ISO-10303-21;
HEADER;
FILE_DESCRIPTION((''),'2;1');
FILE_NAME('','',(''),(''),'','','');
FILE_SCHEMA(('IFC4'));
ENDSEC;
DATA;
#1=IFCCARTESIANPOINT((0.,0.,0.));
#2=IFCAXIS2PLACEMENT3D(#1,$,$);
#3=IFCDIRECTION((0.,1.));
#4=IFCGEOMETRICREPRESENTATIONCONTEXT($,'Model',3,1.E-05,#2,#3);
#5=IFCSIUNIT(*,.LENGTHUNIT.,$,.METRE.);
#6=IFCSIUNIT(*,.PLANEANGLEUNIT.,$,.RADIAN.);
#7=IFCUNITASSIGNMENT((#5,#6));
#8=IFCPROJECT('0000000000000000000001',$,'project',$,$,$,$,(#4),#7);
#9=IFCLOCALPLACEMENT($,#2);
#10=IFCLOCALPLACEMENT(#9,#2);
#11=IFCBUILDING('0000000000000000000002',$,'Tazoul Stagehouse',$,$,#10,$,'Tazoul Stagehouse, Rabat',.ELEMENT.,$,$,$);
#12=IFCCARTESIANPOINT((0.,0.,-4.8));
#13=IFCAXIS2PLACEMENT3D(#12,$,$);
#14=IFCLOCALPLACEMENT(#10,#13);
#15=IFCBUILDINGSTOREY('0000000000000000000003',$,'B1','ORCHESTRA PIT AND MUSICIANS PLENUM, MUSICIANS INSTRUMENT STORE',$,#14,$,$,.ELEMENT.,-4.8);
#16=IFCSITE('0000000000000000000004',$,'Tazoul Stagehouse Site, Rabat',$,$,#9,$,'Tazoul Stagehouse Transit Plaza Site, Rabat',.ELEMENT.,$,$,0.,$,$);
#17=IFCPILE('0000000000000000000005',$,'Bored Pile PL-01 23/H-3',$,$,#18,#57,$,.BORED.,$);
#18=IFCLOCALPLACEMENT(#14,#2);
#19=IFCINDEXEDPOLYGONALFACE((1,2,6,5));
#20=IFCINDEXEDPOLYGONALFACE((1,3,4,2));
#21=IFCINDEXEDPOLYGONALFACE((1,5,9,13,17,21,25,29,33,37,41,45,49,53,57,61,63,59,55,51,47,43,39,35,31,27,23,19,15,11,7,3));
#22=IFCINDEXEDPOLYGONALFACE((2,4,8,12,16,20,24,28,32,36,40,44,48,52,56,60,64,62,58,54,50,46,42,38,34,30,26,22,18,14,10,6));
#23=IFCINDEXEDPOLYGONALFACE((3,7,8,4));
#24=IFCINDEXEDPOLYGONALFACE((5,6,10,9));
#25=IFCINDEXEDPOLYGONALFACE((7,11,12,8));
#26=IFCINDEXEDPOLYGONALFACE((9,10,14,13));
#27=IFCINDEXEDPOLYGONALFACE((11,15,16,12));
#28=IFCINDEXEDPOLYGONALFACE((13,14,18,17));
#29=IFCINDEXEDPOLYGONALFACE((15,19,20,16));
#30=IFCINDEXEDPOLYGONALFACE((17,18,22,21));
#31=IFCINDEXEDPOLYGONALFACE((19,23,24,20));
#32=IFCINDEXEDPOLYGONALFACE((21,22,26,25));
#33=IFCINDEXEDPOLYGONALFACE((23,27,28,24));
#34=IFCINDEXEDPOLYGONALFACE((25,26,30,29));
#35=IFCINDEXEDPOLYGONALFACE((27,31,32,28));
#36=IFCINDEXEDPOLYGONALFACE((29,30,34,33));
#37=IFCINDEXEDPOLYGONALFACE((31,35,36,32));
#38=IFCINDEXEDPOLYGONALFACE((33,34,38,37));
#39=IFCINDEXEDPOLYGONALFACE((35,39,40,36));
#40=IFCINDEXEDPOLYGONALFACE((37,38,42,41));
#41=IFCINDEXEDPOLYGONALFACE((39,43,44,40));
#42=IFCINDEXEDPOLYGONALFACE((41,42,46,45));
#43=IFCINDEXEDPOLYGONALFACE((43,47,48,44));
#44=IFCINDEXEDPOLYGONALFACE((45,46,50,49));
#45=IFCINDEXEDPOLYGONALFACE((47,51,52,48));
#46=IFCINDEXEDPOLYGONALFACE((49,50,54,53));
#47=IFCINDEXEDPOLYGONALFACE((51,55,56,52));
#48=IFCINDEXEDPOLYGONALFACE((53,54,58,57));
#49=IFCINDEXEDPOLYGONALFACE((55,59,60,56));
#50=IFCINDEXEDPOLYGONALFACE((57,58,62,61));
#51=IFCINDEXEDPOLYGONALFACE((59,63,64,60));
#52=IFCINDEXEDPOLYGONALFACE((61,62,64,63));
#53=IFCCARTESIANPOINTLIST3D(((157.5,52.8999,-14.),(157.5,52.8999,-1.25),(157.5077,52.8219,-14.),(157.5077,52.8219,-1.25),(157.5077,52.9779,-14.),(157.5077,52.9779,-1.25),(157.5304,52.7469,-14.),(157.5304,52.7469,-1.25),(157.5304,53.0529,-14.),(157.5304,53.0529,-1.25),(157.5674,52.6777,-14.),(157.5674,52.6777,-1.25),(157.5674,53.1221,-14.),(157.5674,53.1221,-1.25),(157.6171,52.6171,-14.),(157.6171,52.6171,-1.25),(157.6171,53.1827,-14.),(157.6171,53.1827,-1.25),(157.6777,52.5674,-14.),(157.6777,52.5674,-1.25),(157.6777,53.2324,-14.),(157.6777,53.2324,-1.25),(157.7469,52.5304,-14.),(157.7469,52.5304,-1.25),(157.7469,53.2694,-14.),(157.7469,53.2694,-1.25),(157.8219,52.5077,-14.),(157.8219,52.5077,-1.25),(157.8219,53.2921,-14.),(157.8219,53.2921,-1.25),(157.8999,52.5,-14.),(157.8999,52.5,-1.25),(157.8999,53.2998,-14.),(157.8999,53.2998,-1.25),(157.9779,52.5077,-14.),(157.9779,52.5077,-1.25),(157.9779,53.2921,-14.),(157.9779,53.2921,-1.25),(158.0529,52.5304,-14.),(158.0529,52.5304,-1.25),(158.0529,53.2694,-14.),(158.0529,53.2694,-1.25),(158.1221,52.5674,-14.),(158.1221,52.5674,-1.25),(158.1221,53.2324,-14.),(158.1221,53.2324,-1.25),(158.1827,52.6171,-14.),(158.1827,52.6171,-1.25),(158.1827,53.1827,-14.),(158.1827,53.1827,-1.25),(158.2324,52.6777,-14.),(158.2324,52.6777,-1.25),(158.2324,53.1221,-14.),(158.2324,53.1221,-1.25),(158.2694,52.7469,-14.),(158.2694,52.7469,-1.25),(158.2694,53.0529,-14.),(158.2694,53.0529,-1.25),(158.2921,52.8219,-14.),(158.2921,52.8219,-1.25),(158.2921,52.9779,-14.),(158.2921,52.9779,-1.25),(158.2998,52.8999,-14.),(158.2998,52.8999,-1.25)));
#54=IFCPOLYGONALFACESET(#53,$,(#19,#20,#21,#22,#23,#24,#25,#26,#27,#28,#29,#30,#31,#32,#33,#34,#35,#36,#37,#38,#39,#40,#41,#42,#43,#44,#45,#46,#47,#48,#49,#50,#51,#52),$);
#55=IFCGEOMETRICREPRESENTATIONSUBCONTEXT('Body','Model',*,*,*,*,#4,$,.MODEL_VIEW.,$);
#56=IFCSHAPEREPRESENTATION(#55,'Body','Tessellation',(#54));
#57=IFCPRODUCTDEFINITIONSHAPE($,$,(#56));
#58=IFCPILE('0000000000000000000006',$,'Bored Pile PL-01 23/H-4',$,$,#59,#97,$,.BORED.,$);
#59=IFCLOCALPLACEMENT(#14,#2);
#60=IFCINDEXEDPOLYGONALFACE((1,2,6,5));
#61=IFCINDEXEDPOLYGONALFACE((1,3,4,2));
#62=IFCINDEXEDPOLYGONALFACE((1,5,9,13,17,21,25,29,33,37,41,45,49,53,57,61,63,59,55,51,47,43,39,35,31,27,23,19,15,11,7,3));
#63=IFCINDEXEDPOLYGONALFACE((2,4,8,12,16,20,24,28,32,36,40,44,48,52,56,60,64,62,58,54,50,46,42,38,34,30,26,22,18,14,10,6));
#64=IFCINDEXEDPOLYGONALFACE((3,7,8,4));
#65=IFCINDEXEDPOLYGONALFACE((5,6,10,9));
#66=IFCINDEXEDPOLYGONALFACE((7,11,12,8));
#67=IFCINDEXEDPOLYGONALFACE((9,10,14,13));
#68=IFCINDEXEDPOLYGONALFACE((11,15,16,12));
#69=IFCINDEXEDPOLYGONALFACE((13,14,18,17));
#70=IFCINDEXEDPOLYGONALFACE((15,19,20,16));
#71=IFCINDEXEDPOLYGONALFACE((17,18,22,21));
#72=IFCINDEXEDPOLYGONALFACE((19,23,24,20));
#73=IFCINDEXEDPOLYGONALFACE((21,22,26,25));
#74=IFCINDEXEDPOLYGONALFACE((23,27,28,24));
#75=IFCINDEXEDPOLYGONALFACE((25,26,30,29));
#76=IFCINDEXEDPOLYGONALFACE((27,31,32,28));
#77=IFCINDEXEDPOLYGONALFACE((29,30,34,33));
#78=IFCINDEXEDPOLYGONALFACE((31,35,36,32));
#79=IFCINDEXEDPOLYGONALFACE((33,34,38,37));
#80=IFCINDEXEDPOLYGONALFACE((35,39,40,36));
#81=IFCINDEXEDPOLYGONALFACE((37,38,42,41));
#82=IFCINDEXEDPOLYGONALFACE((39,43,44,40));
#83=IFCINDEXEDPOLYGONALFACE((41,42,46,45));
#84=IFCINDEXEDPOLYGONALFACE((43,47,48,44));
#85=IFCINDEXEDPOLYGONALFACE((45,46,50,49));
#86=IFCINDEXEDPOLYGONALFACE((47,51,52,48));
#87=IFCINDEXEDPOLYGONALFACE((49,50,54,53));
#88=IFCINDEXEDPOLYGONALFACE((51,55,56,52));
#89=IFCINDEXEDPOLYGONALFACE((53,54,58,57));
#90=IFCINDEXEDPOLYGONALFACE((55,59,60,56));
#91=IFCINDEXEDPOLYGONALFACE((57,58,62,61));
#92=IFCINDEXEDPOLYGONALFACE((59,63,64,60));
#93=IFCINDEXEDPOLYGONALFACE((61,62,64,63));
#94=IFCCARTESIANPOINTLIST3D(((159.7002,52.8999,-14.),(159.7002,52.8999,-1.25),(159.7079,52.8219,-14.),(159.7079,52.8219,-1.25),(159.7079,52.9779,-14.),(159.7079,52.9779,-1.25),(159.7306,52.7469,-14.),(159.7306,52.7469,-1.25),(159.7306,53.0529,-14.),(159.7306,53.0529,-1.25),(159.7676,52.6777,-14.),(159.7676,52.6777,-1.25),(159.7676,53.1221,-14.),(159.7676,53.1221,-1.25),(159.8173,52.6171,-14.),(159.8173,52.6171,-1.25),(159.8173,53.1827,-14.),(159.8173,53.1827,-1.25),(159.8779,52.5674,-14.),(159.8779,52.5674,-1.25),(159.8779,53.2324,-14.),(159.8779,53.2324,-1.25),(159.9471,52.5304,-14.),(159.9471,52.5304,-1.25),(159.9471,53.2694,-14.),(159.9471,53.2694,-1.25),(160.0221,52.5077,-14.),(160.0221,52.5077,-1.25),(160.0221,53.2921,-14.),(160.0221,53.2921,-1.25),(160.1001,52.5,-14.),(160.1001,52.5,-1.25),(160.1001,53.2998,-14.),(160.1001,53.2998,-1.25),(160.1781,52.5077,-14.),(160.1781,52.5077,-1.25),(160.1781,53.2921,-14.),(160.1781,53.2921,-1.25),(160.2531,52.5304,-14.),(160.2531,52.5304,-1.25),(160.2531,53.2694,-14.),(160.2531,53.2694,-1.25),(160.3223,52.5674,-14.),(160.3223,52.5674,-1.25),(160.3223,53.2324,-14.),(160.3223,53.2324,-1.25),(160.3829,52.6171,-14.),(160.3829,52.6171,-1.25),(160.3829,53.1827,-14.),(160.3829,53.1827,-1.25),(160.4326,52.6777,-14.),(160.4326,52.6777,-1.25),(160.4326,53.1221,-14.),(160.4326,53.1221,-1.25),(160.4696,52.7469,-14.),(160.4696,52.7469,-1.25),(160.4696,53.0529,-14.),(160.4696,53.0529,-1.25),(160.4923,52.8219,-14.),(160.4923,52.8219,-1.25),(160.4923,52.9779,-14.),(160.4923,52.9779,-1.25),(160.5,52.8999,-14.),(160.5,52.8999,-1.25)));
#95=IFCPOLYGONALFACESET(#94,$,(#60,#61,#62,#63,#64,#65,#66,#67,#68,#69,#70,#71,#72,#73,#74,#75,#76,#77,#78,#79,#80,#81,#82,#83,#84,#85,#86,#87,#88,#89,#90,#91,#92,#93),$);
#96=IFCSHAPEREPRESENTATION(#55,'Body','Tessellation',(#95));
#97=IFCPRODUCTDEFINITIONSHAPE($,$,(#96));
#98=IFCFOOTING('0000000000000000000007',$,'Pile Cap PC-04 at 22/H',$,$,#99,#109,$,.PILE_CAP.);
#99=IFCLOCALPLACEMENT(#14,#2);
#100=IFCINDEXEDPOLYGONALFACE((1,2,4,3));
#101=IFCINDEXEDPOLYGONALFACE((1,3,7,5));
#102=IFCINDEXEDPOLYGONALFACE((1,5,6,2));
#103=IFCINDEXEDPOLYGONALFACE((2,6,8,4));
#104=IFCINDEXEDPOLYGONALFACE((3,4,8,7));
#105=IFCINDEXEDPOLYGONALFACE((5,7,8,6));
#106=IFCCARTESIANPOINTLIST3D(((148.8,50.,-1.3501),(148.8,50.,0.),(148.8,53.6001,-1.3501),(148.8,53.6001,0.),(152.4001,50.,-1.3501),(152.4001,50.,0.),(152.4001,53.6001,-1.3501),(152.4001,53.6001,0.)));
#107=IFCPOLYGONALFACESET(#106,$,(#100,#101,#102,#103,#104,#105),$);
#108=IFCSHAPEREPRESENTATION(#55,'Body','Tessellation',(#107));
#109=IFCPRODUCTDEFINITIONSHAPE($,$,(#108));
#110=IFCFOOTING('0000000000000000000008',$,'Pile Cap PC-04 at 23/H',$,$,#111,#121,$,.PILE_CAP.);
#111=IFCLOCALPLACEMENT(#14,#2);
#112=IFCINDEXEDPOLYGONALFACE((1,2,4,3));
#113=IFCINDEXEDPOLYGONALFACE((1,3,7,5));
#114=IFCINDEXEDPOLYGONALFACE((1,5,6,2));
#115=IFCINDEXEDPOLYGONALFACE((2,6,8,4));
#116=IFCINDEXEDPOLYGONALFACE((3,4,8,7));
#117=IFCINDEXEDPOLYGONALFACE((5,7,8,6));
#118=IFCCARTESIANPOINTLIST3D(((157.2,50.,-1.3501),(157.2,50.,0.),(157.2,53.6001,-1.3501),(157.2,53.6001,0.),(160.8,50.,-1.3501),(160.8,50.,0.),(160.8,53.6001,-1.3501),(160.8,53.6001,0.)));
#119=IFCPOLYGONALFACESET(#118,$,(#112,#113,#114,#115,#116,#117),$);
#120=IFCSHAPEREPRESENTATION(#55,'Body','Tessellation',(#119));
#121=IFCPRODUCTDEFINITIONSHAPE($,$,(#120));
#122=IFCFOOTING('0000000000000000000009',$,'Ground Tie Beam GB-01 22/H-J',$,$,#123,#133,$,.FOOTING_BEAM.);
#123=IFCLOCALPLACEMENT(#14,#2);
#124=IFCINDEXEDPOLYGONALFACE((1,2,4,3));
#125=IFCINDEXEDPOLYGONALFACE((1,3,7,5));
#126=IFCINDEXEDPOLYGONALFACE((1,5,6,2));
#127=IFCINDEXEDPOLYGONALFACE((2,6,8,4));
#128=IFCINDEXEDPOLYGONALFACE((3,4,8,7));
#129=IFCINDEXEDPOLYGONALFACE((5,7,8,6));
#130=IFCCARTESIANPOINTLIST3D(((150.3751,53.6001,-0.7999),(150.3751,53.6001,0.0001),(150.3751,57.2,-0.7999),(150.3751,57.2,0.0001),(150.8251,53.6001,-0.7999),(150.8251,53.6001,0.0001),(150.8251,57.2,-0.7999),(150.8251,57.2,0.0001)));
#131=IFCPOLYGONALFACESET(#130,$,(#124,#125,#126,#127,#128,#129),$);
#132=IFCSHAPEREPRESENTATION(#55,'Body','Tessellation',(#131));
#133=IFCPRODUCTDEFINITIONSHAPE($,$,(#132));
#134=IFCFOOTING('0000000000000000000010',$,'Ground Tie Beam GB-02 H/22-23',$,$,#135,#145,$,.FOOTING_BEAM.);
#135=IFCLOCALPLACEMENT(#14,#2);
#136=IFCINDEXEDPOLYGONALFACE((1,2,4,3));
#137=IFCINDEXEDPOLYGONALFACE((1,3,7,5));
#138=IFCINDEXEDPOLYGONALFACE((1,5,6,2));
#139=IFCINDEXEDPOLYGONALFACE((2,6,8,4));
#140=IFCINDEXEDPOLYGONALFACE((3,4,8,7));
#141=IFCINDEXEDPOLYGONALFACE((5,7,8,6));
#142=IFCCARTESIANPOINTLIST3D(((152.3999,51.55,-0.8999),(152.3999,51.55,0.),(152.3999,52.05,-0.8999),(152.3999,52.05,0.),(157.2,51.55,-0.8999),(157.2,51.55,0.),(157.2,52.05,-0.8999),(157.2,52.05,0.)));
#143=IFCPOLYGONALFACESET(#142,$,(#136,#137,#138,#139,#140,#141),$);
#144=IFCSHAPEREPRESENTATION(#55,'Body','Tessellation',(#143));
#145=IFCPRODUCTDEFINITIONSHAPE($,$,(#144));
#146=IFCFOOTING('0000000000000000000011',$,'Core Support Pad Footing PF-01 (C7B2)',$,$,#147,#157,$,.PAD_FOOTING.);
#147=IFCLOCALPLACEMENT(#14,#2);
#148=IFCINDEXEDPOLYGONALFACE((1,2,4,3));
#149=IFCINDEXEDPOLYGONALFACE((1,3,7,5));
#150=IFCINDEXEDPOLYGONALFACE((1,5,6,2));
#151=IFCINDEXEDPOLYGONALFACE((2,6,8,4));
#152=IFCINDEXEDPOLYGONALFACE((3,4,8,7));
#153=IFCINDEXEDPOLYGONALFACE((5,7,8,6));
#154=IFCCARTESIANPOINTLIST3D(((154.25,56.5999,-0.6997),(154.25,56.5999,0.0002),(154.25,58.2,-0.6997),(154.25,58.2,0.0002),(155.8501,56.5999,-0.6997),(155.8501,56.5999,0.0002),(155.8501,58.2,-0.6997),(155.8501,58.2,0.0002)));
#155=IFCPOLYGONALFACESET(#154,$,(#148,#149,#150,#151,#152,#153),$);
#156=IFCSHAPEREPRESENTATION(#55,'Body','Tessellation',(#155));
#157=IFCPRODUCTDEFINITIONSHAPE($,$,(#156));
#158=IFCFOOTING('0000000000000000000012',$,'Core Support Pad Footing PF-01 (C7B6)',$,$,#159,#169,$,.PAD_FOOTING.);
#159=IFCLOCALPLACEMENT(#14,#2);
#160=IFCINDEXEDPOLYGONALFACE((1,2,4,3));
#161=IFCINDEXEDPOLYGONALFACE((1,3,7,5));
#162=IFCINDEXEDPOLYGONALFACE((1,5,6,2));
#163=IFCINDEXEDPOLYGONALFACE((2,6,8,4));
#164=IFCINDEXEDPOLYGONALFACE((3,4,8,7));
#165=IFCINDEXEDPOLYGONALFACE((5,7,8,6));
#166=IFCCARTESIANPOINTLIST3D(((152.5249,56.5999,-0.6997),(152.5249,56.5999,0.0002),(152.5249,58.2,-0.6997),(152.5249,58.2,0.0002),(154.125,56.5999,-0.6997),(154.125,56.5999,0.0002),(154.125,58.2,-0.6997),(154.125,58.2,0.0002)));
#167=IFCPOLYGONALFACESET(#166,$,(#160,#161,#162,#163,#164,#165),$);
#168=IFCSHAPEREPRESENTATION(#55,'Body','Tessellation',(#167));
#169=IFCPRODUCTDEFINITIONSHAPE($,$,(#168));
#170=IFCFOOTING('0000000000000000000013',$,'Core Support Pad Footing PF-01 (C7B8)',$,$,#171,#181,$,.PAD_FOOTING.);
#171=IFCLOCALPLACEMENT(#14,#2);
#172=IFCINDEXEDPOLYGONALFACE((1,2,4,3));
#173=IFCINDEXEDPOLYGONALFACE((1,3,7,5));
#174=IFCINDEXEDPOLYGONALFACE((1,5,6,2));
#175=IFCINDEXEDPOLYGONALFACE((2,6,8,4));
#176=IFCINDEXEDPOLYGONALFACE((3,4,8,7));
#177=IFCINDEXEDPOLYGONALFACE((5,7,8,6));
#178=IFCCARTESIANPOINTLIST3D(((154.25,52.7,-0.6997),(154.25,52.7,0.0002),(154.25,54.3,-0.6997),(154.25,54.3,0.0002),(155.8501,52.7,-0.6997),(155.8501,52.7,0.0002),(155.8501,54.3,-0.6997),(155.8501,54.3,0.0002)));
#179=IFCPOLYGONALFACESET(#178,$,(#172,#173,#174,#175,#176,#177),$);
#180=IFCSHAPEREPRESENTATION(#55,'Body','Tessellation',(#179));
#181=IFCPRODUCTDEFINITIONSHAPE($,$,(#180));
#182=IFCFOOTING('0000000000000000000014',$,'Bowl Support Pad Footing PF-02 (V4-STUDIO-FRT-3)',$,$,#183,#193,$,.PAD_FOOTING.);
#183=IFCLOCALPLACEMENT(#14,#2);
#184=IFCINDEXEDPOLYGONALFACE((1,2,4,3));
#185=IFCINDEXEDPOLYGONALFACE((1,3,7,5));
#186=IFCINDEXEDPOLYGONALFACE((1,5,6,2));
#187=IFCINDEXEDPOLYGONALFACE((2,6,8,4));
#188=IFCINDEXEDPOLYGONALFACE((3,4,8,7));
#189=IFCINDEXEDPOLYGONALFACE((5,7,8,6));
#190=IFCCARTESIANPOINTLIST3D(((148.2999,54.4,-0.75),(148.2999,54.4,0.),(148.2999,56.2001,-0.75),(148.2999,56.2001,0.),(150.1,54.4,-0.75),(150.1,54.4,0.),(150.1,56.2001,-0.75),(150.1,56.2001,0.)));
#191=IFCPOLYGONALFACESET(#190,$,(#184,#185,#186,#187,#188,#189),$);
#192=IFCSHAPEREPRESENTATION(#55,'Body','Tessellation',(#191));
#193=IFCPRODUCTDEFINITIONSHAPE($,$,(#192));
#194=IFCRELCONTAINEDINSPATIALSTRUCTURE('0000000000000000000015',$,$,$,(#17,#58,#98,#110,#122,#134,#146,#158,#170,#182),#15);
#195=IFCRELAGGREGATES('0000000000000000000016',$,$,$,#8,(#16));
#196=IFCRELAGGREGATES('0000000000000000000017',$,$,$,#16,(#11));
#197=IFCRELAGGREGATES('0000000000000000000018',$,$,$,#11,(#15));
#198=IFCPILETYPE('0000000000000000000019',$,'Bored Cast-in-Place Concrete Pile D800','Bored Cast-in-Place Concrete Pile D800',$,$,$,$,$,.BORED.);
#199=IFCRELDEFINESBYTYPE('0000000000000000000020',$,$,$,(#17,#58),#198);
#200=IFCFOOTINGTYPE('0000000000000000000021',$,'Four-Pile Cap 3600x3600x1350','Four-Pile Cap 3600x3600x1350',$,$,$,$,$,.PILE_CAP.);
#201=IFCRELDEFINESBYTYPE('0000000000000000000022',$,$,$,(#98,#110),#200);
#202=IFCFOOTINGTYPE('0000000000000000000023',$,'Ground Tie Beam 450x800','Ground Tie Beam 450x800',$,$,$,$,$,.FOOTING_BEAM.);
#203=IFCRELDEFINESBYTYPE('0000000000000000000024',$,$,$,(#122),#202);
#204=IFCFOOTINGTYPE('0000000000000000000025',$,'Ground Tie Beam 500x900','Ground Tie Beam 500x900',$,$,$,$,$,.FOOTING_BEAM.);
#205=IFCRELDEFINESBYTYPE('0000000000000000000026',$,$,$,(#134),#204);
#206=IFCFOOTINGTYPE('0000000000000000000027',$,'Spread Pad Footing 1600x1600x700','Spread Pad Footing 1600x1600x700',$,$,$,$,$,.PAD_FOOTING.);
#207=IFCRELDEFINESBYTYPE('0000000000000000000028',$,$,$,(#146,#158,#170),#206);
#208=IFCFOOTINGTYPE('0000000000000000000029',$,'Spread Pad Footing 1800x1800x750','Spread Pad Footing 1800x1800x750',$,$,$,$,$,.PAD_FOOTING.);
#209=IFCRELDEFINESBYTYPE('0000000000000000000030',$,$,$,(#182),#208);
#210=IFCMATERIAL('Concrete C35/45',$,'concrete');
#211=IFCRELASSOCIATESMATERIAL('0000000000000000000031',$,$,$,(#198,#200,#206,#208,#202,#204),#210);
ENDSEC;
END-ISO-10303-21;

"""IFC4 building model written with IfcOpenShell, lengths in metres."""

from ifc_helpers import new_model, si_unit, direction, frame, origin, origin_2d, place, context, subcontext, project, spatial, rectangle, circle, extrude, material, material_profile, profile_set, type_object, element, save


model = new_model("IFC4")

# Units and contexts
model_context = context("Model", 3, precision=1e-05, world=origin(), true_north=direction((0.0, 1.0)))
body_context = subcontext(model_context, "Body", "Model", "MODEL_VIEW")
ifc_project = project(units=[si_unit("LENGTHUNIT", "METRE"), si_unit("PLANEANGLEUNIT", "RADIAN")], contexts=[model_context])

# Site, building, storey
site_placement = place(None, origin())
site = spatial("IfcSite", under=ifc_project, at=site_placement, Name="Tazoul Stagehouse Site, Rabat", LongName="Tazoul Stagehouse Transit Plaza Site, Rabat", CompositionType="ELEMENT", RefElevation=0.0)
building_placement = place(site_placement, origin())
building = spatial("IfcBuilding", under=site, at=building_placement, Name="Tazoul Stagehouse", LongName="Tazoul Stagehouse, Rabat", CompositionType="ELEMENT")
storey_placement = place(building_placement, frame((0.0, 0.0, -4.8)))
storey = spatial("IfcBuildingStorey", under=building, at=storey_placement, Name="B1", Description="ORCHESTRA PIT AND MUSICIANS PLENUM, MUSICIANS INSTRUMENT STORE", CompositionType="ELEMENT", Elevation=-4.8)

# Piles
ifc_material_1 = material(Name="Concrete C35/45", Category="concrete")
ifc_material_profile_1 = material_profile(ifc_material_1, circle(Radius=0.3999, at=origin_2d()), Name="BORED PILE 800")
ifc_profile_set_1 = profile_set([ifc_material_profile_1], Name="Concrete C35/45")
pile_type = type_object("IfcPileType", Name="Bored Cast-in-Place Concrete Pile D800", Description="Bored Cast-in-Place Concrete Pile D800", PredefinedType="BORED", material=ifc_profile_set_1)
for number, where, z_axis, x_axis, name in (
    (1, (157.8999, 52.8999, -1.25), (0.0, 0.0, -1.0), (1.0, 0.0, 0.0), "Bored Pile PL-01 23/H-3"),
    (2, (160.1001, 52.8999, -1.25), (0.0, 0.0, -1.0), (1.0, 0.0, 0.0), "Bored Pile PL-01 23/H-4"),
):
    element("IfcPile", number, at=place(storey_placement, frame(where, z_axis=z_axis, x_axis=x_axis)), inside=storey, type_object=pile_type, Name=name, PredefinedType="BORED", context=body_context, shape_type="SweptSolid", body=[
        extrude(circle(Radius=0.3999, at=origin_2d()), origin(), (0.0, 0.0, 1.0), 12.75),
    ])

# Footings
footing_type_1 = type_object("IfcFootingType", Name="Four-Pile Cap 3600x3600x1350", Description="Four-Pile Cap 3600x3600x1350", PredefinedType="PILE_CAP", material=ifc_material_1)
for number, where, z_axis, x_axis, name in (
    (3, (150.6001, 51.8, -1.3501), (0.0, 0.0, 1.0), (1.0, 0.0, 0.0), "Pile Cap PC-04 at 22/H"),
    (4, (159.0, 51.8, -1.3501), (0.0, 0.0, 1.0), (1.0, 0.0, 0.0), "Pile Cap PC-04 at 23/H"),
):
    element("IfcFooting", number, at=place(storey_placement, frame(where, z_axis=z_axis, x_axis=x_axis)), inside=storey, type_object=footing_type_1, Name=name, PredefinedType="PILE_CAP", context=body_context, shape_type="SweptSolid", body=[
        extrude(rectangle(XDim=3.6001, YDim=3.6001, at=origin_2d()), origin(), (0.0, 0.0, 1.0), 1.3501),
    ])
ifc_material_profile_2 = material_profile(ifc_material_1, rectangle(XDim=0.45, YDim=0.8, at=origin_2d()), Name="RC 450x800")
ifc_profile_set_2 = profile_set([ifc_material_profile_2], Name="Concrete C35/45")
footing_type_2 = type_object("IfcFootingType", Name="Ground Tie Beam 450x800", Description="Ground Tie Beam 450x800", PredefinedType="FOOTING_BEAM", material=ifc_profile_set_2)
footing_1_placement = place(storey_placement, frame((150.6001, 53.6001, -0.3999), z_axis=(0.0, 1.0, 0.0), x_axis=(-1.0, 0.0, 0.0)))
element("IfcFooting", 5, at=footing_1_placement, inside=storey, type_object=footing_type_2, Name="Ground Tie Beam GB-01 22/H-J", PredefinedType="FOOTING_BEAM", context=body_context, shape_type="SweptSolid", body=[
    extrude(rectangle(XDim=0.45, YDim=0.8, at=origin_2d()), origin(), (0.0, 0.0, 1.0), 3.5999),
])
ifc_material_profile_3 = material_profile(ifc_material_1, rectangle(XDim=0.5, YDim=0.8999, at=origin_2d()), Name="RC 500x900")
ifc_profile_set_3 = profile_set([ifc_material_profile_3], Name="Concrete C35/45")
footing_type_3 = type_object("IfcFootingType", Name="Ground Tie Beam 500x900", Description="Ground Tie Beam 500x900", PredefinedType="FOOTING_BEAM", material=ifc_profile_set_3)
footing_2_placement = place(storey_placement, frame((152.3999, 51.8, -0.45), z_axis=(1.0, 0.0, 0.0), x_axis=(0.0, 1.0, 0.0)))
element("IfcFooting", 6, at=footing_2_placement, inside=storey, type_object=footing_type_3, Name="Ground Tie Beam GB-02 H/22-23", PredefinedType="FOOTING_BEAM", context=body_context, shape_type="SweptSolid", body=[
    extrude(rectangle(XDim=0.5, YDim=0.8999, at=origin_2d()), origin(), (0.0, 0.0, 1.0), 4.8),
])
footing_type_4 = type_object("IfcFootingType", Name="Spread Pad Footing 1600x1600x700", Description="Spread Pad Footing 1600x1600x700", PredefinedType="PAD_FOOTING", material=ifc_material_1)
for number, where, z_axis, x_axis, name in (
    (7, (155.05, 57.3999, -0.6997), (0.0, 0.0, 1.0), (1.0, 0.0, 0.0), "Core Support Pad Footing PF-01 (C7B2)"),
    (8, (153.325, 57.3999, -0.6997), (0.0, 0.0, 1.0), (1.0, 0.0, 0.0), "Core Support Pad Footing PF-01 (C7B6)"),
    (9, (155.05, 53.5, -0.6997), (0.0, 0.0, 1.0), (1.0, 0.0, 0.0), "Core Support Pad Footing PF-01 (C7B8)"),
):
    element("IfcFooting", number, at=place(storey_placement, frame(where, z_axis=z_axis, x_axis=x_axis)), inside=storey, type_object=footing_type_4, Name=name, PredefinedType="PAD_FOOTING", context=body_context, shape_type="SweptSolid", body=[
        extrude(rectangle(XDim=1.6001, YDim=1.6001, at=origin_2d()), origin(), (0.0, 0.0, 1.0), 0.7),
    ])
footing_type_5 = type_object("IfcFootingType", Name="Spread Pad Footing 1800x1800x750", Description="Spread Pad Footing 1800x1800x750", PredefinedType="PAD_FOOTING", material=ifc_material_1)
footing_3_placement = place(storey_placement, frame((149.2, 55.3, -0.75), z_axis=(0.0, 0.0, 1.0), x_axis=(1.0, 0.0, 0.0)))
element("IfcFooting", 10, at=footing_3_placement, inside=storey, type_object=footing_type_5, Name="Bowl Support Pad Footing PF-02 (V4-STUDIO-FRT-3)", PredefinedType="PAD_FOOTING", context=body_context, shape_type="SweptSolid", body=[
    extrude(rectangle(XDim=1.8, YDim=1.8, at=origin_2d()), origin(), (0.0, 0.0, 1.0), 0.75),
])

save(model, "model.ifc")
